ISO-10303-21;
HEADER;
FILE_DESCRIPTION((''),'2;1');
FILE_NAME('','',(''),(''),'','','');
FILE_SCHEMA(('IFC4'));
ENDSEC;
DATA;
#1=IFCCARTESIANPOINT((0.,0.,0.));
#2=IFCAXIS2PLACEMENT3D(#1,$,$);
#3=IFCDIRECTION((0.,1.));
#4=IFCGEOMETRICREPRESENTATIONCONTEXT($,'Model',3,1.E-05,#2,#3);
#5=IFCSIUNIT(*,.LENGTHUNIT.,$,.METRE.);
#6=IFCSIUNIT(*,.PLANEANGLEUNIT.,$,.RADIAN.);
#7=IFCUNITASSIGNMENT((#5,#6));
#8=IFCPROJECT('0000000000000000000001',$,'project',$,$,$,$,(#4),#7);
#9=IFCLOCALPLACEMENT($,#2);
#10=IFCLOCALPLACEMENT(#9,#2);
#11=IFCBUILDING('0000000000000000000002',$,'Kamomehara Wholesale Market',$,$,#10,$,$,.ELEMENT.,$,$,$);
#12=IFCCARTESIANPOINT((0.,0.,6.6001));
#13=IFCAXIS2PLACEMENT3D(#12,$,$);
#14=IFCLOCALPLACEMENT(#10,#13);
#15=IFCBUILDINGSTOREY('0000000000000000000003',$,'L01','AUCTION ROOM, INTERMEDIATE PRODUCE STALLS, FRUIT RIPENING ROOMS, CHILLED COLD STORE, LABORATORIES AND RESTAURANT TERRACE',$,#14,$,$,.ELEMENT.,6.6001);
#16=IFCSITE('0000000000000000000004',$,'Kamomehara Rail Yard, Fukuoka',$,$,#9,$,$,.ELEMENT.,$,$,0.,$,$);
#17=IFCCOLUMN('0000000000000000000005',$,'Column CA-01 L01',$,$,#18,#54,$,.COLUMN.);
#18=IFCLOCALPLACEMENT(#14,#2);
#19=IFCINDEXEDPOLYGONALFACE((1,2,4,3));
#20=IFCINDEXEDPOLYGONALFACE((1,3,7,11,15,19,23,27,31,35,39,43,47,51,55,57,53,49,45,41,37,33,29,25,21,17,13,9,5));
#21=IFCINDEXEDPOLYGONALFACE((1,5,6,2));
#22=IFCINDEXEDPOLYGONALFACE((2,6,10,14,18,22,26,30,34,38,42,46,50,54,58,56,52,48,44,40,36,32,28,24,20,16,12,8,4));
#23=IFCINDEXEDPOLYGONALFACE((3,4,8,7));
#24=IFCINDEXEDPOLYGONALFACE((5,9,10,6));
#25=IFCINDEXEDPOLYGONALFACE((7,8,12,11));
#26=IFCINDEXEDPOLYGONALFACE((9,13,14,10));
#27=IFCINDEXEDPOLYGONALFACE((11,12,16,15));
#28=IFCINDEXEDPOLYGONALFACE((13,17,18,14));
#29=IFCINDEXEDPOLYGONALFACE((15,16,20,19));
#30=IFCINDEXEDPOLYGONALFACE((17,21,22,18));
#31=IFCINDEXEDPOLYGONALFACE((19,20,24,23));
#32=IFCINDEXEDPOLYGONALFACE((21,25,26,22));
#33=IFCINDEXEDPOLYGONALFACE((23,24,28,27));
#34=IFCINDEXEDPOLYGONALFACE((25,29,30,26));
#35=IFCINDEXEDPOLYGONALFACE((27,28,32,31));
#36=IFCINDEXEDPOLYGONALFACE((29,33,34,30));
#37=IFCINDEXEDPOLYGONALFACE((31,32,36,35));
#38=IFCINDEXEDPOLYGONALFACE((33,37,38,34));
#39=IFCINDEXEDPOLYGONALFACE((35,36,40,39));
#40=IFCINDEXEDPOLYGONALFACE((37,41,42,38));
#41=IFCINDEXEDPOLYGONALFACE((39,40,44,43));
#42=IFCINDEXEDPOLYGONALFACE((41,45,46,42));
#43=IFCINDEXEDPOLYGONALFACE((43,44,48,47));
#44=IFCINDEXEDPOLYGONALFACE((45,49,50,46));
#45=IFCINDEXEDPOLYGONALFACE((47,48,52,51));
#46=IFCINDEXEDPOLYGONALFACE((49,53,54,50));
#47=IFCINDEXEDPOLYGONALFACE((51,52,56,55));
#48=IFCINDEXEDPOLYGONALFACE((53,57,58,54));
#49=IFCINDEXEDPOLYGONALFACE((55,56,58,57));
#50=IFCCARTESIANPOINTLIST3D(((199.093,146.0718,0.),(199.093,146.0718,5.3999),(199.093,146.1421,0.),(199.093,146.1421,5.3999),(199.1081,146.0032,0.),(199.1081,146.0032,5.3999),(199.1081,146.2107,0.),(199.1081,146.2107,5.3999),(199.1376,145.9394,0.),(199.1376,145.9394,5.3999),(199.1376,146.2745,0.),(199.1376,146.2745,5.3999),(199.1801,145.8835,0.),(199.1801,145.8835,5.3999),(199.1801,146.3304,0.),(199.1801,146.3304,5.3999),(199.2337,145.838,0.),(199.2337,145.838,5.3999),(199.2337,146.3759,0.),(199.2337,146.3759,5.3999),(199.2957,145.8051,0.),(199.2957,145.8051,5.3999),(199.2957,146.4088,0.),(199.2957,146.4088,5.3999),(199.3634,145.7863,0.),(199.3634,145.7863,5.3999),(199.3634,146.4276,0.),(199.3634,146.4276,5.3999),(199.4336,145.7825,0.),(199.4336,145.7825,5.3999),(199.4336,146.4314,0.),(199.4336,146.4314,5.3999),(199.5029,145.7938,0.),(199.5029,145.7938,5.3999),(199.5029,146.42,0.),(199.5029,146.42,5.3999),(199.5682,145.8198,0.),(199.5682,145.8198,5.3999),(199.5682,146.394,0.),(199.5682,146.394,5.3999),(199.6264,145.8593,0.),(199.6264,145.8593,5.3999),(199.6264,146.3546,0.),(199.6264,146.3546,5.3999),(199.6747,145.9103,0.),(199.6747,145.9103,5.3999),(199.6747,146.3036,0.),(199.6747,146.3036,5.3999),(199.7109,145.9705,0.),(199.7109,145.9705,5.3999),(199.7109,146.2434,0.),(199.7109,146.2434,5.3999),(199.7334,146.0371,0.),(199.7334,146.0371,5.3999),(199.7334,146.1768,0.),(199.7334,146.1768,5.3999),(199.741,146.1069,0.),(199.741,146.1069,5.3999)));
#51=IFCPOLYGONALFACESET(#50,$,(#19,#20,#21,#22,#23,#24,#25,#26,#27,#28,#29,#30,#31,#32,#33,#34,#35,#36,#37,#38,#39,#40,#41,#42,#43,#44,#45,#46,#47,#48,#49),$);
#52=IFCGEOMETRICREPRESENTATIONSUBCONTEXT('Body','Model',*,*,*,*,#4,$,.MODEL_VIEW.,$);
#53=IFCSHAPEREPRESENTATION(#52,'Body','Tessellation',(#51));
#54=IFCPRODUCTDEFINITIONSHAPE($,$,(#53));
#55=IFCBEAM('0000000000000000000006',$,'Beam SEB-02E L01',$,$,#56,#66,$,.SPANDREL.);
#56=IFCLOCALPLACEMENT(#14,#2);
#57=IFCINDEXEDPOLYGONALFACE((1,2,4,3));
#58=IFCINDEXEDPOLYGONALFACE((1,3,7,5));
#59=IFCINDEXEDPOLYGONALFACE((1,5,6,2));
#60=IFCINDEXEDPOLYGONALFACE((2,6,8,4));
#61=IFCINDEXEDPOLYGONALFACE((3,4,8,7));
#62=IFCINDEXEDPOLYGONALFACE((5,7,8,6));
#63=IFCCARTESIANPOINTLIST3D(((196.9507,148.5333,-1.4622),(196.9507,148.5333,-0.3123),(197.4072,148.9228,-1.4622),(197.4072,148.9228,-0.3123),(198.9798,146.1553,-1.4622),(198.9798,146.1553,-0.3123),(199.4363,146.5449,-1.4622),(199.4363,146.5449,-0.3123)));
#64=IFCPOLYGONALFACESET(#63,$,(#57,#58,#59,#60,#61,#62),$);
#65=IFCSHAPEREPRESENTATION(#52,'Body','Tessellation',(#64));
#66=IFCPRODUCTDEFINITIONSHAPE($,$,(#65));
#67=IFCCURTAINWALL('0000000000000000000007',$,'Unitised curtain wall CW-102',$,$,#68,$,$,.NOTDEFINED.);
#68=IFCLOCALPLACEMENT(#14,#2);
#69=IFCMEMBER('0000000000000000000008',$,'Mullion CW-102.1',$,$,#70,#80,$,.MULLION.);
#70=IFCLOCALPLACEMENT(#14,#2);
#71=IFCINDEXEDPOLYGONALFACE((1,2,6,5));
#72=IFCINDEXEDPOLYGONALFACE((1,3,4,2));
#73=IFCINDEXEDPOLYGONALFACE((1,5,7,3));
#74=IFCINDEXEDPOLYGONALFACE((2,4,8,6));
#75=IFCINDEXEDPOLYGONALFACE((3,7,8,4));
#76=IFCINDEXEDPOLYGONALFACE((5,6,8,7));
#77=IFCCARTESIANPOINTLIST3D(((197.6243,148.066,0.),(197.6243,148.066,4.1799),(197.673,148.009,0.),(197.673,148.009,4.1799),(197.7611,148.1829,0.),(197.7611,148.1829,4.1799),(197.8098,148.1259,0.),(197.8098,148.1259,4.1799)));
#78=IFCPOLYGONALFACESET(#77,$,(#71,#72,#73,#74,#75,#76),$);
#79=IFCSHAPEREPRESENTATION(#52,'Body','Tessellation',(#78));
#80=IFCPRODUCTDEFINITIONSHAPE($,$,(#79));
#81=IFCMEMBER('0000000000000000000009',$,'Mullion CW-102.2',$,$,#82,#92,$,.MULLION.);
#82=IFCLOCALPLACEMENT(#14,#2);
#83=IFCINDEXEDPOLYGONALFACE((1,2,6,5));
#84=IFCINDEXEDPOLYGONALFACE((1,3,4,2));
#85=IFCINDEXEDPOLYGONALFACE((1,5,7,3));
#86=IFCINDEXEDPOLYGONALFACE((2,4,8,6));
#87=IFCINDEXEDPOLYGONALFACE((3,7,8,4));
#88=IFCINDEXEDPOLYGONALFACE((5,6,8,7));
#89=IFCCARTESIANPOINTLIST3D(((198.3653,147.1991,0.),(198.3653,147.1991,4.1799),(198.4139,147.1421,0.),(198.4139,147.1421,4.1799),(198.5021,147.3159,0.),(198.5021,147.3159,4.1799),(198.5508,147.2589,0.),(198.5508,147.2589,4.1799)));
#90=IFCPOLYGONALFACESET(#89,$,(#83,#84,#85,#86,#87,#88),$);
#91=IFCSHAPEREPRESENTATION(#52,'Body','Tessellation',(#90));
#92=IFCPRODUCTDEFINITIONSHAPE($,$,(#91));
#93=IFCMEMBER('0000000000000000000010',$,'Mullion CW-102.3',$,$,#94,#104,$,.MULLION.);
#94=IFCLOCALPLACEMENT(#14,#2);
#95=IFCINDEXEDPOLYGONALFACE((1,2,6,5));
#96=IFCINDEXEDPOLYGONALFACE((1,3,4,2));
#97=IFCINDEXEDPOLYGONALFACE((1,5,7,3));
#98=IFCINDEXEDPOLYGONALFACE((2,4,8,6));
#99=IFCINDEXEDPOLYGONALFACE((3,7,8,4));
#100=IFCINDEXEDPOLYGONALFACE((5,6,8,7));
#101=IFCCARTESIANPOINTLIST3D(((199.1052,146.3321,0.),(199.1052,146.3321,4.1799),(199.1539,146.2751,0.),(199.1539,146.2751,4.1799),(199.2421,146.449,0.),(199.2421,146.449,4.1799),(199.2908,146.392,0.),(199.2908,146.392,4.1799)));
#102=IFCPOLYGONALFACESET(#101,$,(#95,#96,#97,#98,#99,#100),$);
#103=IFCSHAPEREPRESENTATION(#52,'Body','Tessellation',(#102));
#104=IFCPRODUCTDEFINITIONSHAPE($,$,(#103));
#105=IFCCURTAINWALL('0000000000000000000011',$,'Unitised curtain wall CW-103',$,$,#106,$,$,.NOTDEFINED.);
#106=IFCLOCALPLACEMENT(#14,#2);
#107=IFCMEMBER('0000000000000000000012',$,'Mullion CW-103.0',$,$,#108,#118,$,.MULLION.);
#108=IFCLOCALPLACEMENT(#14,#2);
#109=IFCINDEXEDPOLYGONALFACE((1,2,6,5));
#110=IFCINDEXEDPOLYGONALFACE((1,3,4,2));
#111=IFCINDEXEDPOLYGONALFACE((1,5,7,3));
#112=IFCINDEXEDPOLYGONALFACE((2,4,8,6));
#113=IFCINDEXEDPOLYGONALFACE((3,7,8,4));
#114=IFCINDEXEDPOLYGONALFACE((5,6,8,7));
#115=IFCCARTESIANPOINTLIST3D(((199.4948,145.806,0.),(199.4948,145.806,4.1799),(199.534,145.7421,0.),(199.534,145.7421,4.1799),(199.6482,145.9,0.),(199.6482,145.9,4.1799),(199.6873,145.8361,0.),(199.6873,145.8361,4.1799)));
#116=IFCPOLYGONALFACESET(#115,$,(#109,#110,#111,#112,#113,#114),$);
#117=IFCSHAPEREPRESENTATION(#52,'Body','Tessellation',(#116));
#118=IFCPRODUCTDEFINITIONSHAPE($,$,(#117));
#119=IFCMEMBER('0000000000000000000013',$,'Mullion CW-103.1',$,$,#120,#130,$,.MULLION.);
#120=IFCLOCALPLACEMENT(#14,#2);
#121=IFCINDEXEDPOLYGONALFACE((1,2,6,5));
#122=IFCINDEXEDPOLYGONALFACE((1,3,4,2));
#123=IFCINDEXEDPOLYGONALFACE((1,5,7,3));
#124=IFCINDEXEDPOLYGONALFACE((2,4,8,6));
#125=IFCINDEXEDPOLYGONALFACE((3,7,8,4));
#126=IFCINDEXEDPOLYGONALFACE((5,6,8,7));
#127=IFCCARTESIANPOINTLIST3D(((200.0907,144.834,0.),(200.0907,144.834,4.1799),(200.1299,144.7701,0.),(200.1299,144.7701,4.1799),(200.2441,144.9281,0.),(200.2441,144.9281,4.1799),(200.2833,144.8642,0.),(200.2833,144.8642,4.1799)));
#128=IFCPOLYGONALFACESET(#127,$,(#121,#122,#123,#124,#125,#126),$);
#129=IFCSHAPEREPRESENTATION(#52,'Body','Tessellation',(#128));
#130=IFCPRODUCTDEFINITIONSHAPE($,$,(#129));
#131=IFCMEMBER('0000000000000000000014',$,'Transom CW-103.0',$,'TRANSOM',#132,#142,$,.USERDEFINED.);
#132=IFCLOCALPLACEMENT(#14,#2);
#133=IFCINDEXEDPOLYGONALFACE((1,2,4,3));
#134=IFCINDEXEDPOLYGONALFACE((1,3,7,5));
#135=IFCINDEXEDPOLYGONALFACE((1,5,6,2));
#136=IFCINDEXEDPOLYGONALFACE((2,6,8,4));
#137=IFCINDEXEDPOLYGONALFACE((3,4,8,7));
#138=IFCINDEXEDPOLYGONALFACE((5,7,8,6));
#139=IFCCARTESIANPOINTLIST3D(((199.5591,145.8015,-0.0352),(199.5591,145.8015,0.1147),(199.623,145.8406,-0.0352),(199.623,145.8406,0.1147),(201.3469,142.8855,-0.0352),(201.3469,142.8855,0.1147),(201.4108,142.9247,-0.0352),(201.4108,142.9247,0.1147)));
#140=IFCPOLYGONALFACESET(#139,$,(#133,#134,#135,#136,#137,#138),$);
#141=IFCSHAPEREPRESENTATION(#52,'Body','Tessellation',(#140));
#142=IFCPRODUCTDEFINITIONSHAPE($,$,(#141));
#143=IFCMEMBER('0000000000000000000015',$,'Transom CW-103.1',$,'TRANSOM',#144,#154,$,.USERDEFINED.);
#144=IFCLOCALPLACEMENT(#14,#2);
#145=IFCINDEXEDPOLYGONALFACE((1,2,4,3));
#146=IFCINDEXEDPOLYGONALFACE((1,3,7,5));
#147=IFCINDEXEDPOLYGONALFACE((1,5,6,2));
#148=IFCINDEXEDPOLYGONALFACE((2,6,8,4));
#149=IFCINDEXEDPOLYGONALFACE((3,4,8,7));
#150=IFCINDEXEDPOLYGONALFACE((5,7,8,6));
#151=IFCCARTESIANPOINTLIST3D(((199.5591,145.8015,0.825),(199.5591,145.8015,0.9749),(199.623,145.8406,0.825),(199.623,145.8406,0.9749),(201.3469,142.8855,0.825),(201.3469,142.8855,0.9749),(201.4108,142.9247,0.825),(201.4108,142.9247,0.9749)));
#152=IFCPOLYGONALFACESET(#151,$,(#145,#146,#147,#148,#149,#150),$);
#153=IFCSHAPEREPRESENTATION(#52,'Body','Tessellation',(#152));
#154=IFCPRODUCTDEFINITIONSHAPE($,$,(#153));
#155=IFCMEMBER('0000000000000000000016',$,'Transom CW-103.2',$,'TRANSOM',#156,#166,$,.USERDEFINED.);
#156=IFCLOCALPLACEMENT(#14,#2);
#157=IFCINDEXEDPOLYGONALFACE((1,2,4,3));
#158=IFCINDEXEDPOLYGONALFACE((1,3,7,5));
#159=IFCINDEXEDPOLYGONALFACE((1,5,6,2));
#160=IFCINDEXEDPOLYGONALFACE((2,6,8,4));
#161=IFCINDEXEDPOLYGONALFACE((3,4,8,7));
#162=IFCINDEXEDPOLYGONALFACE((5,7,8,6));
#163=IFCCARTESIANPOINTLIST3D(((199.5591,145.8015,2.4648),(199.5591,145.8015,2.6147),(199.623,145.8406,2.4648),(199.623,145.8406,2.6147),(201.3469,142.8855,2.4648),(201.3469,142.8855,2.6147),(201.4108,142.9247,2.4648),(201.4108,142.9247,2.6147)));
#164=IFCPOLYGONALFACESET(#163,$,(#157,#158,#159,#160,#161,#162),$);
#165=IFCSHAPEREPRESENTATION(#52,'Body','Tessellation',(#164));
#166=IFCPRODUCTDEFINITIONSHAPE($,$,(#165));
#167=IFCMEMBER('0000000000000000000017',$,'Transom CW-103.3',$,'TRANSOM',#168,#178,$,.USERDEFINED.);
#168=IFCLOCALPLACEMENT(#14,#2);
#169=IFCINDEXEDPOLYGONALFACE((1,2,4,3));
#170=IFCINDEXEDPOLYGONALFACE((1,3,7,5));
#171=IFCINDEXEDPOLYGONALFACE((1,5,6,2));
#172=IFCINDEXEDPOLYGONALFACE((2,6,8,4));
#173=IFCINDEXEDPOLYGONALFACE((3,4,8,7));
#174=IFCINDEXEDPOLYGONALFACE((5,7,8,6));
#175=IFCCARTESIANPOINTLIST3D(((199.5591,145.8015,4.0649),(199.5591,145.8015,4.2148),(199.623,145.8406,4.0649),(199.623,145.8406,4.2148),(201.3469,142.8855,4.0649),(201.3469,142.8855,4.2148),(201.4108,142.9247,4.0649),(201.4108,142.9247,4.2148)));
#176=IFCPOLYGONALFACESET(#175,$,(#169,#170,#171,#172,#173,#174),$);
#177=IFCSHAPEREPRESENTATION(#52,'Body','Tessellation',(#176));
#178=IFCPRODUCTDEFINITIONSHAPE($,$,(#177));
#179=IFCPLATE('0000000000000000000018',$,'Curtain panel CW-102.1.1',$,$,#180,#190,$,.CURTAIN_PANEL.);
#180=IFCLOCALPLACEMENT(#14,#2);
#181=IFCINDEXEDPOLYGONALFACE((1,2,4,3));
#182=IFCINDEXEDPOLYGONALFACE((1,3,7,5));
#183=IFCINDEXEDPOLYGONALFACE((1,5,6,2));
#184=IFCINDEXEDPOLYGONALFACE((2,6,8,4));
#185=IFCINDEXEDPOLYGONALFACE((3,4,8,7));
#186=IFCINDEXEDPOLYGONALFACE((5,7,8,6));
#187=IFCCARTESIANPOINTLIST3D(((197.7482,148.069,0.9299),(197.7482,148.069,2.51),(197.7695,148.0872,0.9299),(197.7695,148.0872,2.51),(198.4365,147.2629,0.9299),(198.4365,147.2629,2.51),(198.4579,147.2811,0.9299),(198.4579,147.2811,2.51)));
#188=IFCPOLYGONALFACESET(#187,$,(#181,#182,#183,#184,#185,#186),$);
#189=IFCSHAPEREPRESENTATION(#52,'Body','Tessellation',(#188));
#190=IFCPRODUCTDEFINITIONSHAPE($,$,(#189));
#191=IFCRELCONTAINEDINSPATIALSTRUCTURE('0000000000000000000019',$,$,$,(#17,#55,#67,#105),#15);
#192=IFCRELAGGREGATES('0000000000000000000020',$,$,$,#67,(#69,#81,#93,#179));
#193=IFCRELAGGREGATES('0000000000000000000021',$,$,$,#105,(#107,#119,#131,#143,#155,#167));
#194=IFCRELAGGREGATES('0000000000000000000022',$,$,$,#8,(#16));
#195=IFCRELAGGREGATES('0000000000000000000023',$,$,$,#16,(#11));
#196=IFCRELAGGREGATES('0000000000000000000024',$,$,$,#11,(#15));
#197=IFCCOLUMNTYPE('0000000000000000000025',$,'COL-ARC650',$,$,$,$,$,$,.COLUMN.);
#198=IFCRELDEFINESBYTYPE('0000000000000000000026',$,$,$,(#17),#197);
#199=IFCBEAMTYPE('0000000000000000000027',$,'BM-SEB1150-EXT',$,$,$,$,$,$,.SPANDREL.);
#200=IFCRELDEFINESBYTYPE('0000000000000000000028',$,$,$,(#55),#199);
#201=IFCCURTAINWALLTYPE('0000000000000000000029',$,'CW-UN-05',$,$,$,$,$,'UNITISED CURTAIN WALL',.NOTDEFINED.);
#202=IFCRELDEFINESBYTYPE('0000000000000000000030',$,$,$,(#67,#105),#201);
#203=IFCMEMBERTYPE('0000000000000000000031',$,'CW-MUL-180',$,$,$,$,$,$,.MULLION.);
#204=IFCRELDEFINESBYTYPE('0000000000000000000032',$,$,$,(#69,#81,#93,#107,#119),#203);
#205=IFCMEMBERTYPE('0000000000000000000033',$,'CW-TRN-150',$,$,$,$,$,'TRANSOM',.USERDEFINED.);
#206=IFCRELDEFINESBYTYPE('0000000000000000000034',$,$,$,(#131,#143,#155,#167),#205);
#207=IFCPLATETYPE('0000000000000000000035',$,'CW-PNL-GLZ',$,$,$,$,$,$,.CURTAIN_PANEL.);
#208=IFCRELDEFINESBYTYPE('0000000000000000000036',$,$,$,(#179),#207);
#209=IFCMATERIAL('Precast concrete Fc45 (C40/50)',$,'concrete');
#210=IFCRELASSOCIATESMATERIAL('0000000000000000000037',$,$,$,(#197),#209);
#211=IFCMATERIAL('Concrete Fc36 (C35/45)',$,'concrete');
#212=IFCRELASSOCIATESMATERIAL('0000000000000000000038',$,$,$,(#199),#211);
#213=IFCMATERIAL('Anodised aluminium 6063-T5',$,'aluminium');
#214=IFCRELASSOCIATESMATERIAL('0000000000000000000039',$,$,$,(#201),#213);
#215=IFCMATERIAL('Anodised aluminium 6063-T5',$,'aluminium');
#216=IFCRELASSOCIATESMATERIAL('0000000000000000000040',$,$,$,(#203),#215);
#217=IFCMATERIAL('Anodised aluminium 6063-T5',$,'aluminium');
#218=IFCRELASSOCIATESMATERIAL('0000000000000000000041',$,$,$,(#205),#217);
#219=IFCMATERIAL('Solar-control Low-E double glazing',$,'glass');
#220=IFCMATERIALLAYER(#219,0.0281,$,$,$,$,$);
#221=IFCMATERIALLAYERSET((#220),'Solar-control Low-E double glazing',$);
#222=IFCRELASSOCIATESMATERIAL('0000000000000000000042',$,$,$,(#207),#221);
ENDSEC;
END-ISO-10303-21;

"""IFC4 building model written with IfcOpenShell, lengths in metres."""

from ifc_helpers import new_model, si_unit, direction, frame, origin, origin_2d, place, context, subcontext, project, spatial, rectangle, circle, extrude, material, layer, layer_set, material_profile, profile_set, type_object, element, aggregate, save


model = new_model("IFC4")

# Units and contexts
model_context = context("Model", 3, precision=1e-05, world=origin(), true_north=direction((0.0, 1.0)))
body_context = subcontext(model_context, "Body", "Model", "MODEL_VIEW")
ifc_project = project(units=[si_unit("LENGTHUNIT", "METRE"), si_unit("PLANEANGLEUNIT", "RADIAN")], contexts=[model_context])

# Site, building, storey
site_placement = place(None, origin())
site = spatial("IfcSite", under=ifc_project, at=site_placement, Name="Kamomehara Rail Yard, Fukuoka", CompositionType="ELEMENT", RefElevation=0.0)
building_placement = place(site_placement, origin())
building = spatial("IfcBuilding", under=site, at=building_placement, Name="Kamomehara Wholesale Market", CompositionType="ELEMENT")
storey_placement = place(building_placement, frame((0.0, 0.0, 6.6001)))
storey = spatial("IfcBuildingStorey", under=building, at=storey_placement, Name="L01", Description="AUCTION ROOM, INTERMEDIATE PRODUCE STALLS, FRUIT RIPENING ROOMS, CHILLED COLD STORE, LABORATORIES AND RESTAURANT TERRACE", CompositionType="ELEMENT", Elevation=6.6001)

# Column
ifc_material_1 = material(Name="Precast concrete Fc45 (C40/50)", Category="concrete")
ifc_material_profile_1 = material_profile(ifc_material_1, circle(Radius=0.325, at=origin_2d()), Name="PC-ARC-D650")
ifc_profile_set_1 = profile_set([ifc_material_profile_1], Name="Precast concrete Fc45 (C40/50)")
column_type = type_object("IfcColumnType", Name="COL-ARC650", PredefinedType="COLUMN", material=ifc_profile_set_1)
column_placement = place(storey_placement, frame((199.416, 146.1069, 0.0), z_axis=(0.0, 0.0, 1.0), x_axis=(1.0, 0.0, 0.0)))
element("IfcColumn", 1, at=column_placement, inside=storey, type_object=column_type, Name="Column CA-01 L01", PredefinedType="COLUMN", context=body_context, shape_type="SweptSolid", body=[
    extrude(circle(Radius=0.325, at=origin_2d()), origin(), (0.0, 0.0, 1.0), 5.3999),
])

# Beam
ifc_material_2 = material(Name="Concrete Fc36 (C35/45)", Category="concrete")
ifc_material_profile_2 = material_profile(ifc_material_2, rectangle(XDim=0.6001, YDim=1.1499, at=origin_2d()), Name="RC-SEB-600x1150")
ifc_profile_set_2 = profile_set([ifc_material_profile_2], Name="Concrete Fc36 (C35/45)")
beam_type = type_object("IfcBeamType", Name="BM-SEB1150-EXT", PredefinedType="SPANDREL", material=ifc_profile_set_2)
beam_placement = place(storey_placement, frame((199.208, 146.3501, -0.8872), z_axis=(-0.649098, 0.760705, 0.0), x_axis=(-0.760705, -0.649098, 0.0)))
element("IfcBeam", 2, at=beam_placement, inside=storey, type_object=beam_type, Name="Beam SEB-02E L01", PredefinedType="SPANDREL", context=body_context, shape_type="SweptSolid", body=[
    extrude(rectangle(XDim=0.6001, YDim=1.1499, at=origin_2d()), origin(), (0.0, 0.0, 1.0), 3.126),
])

# Curtain walls, members
ifc_material_3 = material(Name="Anodised aluminium 6063-T5", Category="aluminium")
curtain_wall_type = type_object("IfcCurtainWallType", Name="CW-UN-05", ElementType="UNITISED CURTAIN WALL", PredefinedType="NOTDEFINED", material=ifc_material_3)
curtain_wall_1_placement = place(storey_placement, origin())
curtain_wall_1 = element("IfcCurtainWall", 3, at=curtain_wall_1_placement, inside=storey, type_object=curtain_wall_type, Name="Unitised curtain wall CW-102", PredefinedType="NOTDEFINED")
ifc_material_4 = material(Name="Anodised aluminium 6063-T5", Category="aluminium")
ifc_material_profile_3 = material_profile(ifc_material_4, rectangle(XDim=0.075, YDim=0.1799, at=origin_2d()), Name="ALU-MUL-75x180")
ifc_profile_set_3 = profile_set([ifc_material_profile_3], Name="Anodised aluminium 6063-T5")
member_type_1 = type_object("IfcMemberType", Name="CW-MUL-180", PredefinedType="MULLION", material=ifc_profile_set_3)
member_1_placement = place(storey_placement, frame((197.717, 148.0959, 0.0), z_axis=(0.0, 0.0, 1.0), x_axis=(0.64937, -0.760473, 0.0)))
member_1 = element("IfcMember", 4, at=member_1_placement, type_object=member_type_1, Name="Mullion CW-102.1", PredefinedType="MULLION", context=body_context, shape_type="SweptSolid", body=[
    extrude(rectangle(XDim=0.075, YDim=0.1799, at=origin_2d()), origin(), (0.0, 0.0, 1.0), 4.1799),
])
member_2_placement = place(storey_placement, frame((198.458, 147.229, 0.0), z_axis=(0.0, 0.0, 1.0), x_axis=(0.64937, -0.760473, 0.0)))
member_2 = element("IfcMember", 5, at=member_2_placement, type_object=member_type_1, Name="Mullion CW-102.2", PredefinedType="MULLION", context=body_context, shape_type="SweptSolid", body=[
    extrude(rectangle(XDim=0.075, YDim=0.1799, at=origin_2d()), origin(), (0.0, 0.0, 1.0), 4.1799),
])
member_3_placement = place(storey_placement, frame((199.198, 146.3621, 0.0), z_axis=(0.0, 0.0, 1.0), x_axis=(0.64937, -0.760473, 0.0)))
member_3 = element("IfcMember", 6, at=member_3_placement, type_object=member_type_1, Name="Mullion CW-102.3", PredefinedType="MULLION", context=body_context, shape_type="SweptSolid", body=[
    extrude(rectangle(XDim=0.075, YDim=0.1799, at=origin_2d()), origin(), (0.0, 0.0, 1.0), 4.1799),
])
curtain_wall_2_placement = place(storey_placement, origin())
curtain_wall_2 = element("IfcCurtainWall", 7, at=curtain_wall_2_placement, inside=storey, type_object=curtain_wall_type, Name="Unitised curtain wall CW-103", PredefinedType="NOTDEFINED")
member_4_placement = place(storey_placement, frame((199.5911, 145.821, 0.0), z_axis=(0.0, 0.0, 1.0), x_axis=(0.522726, -0.852501, 0.0)))
member_4 = element("IfcMember", 8, at=member_4_placement, type_object=member_type_1, Name="Mullion CW-103.0", PredefinedType="MULLION", context=body_context, shape_type="SweptSolid", body=[
    extrude(rectangle(XDim=0.075, YDim=0.1799, at=origin_2d()), origin(), (0.0, 0.0, 1.0), 4.1799),
])
member_5_placement = place(storey_placement, frame((200.187, 144.8491, 0.0), z_axis=(0.0, 0.0, 1.0), x_axis=(0.522726, -0.852501, 0.0)))
member_5 = element("IfcMember", 9, at=member_5_placement, type_object=member_type_1, Name="Mullion CW-103.1", PredefinedType="MULLION", context=body_context, shape_type="SweptSolid", body=[
    extrude(rectangle(XDim=0.075, YDim=0.1799, at=origin_2d()), origin(), (0.0, 0.0, 1.0), 4.1799),
])
ifc_material_5 = material(Name="Anodised aluminium 6063-T5", Category="aluminium")
ifc_material_profile_4 = material_profile(ifc_material_5, rectangle(XDim=0.075, YDim=0.1499, at=origin_2d()), Name="ALU-TRN-75x150")
ifc_profile_set_4 = profile_set([ifc_material_profile_4], Name="Anodised aluminium 6063-T5")
member_type_2 = type_object("IfcMemberType", Name="CW-TRN-150", ElementType="TRANSOM", PredefinedType="USERDEFINED", material=ifc_profile_set_4)
member_6_placement = place(storey_placement, frame((199.5911, 145.821, 0.0398), z_axis=(0.522691, -0.852522, 0.0), x_axis=(0.852522, 0.522691, 0.0)))
member_6 = element("IfcMember", 10, at=member_6_placement, type_object=member_type_2, Name="Transom CW-103.0", ObjectType="TRANSOM", PredefinedType="USERDEFINED", context=body_context, shape_type="SweptSolid", body=[
    extrude(rectangle(XDim=0.075, YDim=0.1499, at=origin_2d()), origin(), (0.0, 0.0, 1.0), 3.4204),
])
member_7_placement = place(storey_placement, frame((199.5911, 145.821, 0.8999), z_axis=(0.522691, -0.852522, 0.0), x_axis=(0.852522, 0.522691, 0.0)))
member_7 = element("IfcMember", 11, at=member_7_placement, type_object=member_type_2, Name="Transom CW-103.1", ObjectType="TRANSOM", PredefinedType="USERDEFINED", context=body_context, shape_type="SweptSolid", body=[
    extrude(rectangle(XDim=0.075, YDim=0.1499, at=origin_2d()), origin(), (0.0, 0.0, 1.0), 3.4204),
])
member_8_placement = place(storey_placement, frame((199.5911, 145.821, 2.5398), z_axis=(0.522691, -0.852522, 0.0), x_axis=(0.852522, 0.522691, 0.0)))
member_8 = element("IfcMember", 12, at=member_8_placement, type_object=member_type_2, Name="Transom CW-103.2", ObjectType="TRANSOM", PredefinedType="USERDEFINED", context=body_context, shape_type="SweptSolid", body=[
    extrude(rectangle(XDim=0.075, YDim=0.1499, at=origin_2d()), origin(), (0.0, 0.0, 1.0), 3.4204),
])
member_9_placement = place(storey_placement, frame((199.5911, 145.821, 4.1399), z_axis=(0.522691, -0.852522, 0.0), x_axis=(0.852522, 0.522691, 0.0)))
member_9 = element("IfcMember", 13, at=member_9_placement, type_object=member_type_2, Name="Transom CW-103.3", ObjectType="TRANSOM", PredefinedType="USERDEFINED", context=body_context, shape_type="SweptSolid", body=[
    extrude(rectangle(XDim=0.075, YDim=0.1499, at=origin_2d()), origin(), (0.0, 0.0, 1.0), 3.4204),
])

# Plate
ifc_material_6 = material(Name="Solar-control Low-E double glazing", Category="glass")
ifc_layer_1 = layer(ifc_material_6, 0.0281)
ifc_layer_set_1 = layer_set([ifc_layer_1], Name="Solar-control Low-E double glazing")
plate_type_1 = type_object("IfcPlateType", Name="CW-PNL-GLZ", PredefinedType="CURTAIN_PANEL", material=ifc_layer_set_1)
plate_1_placement = place(storey_placement, frame((198.103, 147.675, 0.9299), z_axis=(0.0, 0.0, 1.0), x_axis=(0.649368, -0.760474, 0.0)))
plate_1 = element("IfcPlate", 14, at=plate_1_placement, type_object=plate_type_1, Name="Curtain panel CW-102.1.1", PredefinedType="CURTAIN_PANEL", context=body_context, shape_type="SweptSolid", body=[
    extrude(rectangle(XDim=1.0601, YDim=0.0281, at=origin_2d()), origin(), (0.0, 0.0, 1.0), 1.5801),
])
aggregate(curtain_wall_1, [member_1, member_2, member_3, plate_1])
aggregate(curtain_wall_2, [member_4, member_5, member_6, member_7, member_8, member_9])

save(model, "model.ifc")
